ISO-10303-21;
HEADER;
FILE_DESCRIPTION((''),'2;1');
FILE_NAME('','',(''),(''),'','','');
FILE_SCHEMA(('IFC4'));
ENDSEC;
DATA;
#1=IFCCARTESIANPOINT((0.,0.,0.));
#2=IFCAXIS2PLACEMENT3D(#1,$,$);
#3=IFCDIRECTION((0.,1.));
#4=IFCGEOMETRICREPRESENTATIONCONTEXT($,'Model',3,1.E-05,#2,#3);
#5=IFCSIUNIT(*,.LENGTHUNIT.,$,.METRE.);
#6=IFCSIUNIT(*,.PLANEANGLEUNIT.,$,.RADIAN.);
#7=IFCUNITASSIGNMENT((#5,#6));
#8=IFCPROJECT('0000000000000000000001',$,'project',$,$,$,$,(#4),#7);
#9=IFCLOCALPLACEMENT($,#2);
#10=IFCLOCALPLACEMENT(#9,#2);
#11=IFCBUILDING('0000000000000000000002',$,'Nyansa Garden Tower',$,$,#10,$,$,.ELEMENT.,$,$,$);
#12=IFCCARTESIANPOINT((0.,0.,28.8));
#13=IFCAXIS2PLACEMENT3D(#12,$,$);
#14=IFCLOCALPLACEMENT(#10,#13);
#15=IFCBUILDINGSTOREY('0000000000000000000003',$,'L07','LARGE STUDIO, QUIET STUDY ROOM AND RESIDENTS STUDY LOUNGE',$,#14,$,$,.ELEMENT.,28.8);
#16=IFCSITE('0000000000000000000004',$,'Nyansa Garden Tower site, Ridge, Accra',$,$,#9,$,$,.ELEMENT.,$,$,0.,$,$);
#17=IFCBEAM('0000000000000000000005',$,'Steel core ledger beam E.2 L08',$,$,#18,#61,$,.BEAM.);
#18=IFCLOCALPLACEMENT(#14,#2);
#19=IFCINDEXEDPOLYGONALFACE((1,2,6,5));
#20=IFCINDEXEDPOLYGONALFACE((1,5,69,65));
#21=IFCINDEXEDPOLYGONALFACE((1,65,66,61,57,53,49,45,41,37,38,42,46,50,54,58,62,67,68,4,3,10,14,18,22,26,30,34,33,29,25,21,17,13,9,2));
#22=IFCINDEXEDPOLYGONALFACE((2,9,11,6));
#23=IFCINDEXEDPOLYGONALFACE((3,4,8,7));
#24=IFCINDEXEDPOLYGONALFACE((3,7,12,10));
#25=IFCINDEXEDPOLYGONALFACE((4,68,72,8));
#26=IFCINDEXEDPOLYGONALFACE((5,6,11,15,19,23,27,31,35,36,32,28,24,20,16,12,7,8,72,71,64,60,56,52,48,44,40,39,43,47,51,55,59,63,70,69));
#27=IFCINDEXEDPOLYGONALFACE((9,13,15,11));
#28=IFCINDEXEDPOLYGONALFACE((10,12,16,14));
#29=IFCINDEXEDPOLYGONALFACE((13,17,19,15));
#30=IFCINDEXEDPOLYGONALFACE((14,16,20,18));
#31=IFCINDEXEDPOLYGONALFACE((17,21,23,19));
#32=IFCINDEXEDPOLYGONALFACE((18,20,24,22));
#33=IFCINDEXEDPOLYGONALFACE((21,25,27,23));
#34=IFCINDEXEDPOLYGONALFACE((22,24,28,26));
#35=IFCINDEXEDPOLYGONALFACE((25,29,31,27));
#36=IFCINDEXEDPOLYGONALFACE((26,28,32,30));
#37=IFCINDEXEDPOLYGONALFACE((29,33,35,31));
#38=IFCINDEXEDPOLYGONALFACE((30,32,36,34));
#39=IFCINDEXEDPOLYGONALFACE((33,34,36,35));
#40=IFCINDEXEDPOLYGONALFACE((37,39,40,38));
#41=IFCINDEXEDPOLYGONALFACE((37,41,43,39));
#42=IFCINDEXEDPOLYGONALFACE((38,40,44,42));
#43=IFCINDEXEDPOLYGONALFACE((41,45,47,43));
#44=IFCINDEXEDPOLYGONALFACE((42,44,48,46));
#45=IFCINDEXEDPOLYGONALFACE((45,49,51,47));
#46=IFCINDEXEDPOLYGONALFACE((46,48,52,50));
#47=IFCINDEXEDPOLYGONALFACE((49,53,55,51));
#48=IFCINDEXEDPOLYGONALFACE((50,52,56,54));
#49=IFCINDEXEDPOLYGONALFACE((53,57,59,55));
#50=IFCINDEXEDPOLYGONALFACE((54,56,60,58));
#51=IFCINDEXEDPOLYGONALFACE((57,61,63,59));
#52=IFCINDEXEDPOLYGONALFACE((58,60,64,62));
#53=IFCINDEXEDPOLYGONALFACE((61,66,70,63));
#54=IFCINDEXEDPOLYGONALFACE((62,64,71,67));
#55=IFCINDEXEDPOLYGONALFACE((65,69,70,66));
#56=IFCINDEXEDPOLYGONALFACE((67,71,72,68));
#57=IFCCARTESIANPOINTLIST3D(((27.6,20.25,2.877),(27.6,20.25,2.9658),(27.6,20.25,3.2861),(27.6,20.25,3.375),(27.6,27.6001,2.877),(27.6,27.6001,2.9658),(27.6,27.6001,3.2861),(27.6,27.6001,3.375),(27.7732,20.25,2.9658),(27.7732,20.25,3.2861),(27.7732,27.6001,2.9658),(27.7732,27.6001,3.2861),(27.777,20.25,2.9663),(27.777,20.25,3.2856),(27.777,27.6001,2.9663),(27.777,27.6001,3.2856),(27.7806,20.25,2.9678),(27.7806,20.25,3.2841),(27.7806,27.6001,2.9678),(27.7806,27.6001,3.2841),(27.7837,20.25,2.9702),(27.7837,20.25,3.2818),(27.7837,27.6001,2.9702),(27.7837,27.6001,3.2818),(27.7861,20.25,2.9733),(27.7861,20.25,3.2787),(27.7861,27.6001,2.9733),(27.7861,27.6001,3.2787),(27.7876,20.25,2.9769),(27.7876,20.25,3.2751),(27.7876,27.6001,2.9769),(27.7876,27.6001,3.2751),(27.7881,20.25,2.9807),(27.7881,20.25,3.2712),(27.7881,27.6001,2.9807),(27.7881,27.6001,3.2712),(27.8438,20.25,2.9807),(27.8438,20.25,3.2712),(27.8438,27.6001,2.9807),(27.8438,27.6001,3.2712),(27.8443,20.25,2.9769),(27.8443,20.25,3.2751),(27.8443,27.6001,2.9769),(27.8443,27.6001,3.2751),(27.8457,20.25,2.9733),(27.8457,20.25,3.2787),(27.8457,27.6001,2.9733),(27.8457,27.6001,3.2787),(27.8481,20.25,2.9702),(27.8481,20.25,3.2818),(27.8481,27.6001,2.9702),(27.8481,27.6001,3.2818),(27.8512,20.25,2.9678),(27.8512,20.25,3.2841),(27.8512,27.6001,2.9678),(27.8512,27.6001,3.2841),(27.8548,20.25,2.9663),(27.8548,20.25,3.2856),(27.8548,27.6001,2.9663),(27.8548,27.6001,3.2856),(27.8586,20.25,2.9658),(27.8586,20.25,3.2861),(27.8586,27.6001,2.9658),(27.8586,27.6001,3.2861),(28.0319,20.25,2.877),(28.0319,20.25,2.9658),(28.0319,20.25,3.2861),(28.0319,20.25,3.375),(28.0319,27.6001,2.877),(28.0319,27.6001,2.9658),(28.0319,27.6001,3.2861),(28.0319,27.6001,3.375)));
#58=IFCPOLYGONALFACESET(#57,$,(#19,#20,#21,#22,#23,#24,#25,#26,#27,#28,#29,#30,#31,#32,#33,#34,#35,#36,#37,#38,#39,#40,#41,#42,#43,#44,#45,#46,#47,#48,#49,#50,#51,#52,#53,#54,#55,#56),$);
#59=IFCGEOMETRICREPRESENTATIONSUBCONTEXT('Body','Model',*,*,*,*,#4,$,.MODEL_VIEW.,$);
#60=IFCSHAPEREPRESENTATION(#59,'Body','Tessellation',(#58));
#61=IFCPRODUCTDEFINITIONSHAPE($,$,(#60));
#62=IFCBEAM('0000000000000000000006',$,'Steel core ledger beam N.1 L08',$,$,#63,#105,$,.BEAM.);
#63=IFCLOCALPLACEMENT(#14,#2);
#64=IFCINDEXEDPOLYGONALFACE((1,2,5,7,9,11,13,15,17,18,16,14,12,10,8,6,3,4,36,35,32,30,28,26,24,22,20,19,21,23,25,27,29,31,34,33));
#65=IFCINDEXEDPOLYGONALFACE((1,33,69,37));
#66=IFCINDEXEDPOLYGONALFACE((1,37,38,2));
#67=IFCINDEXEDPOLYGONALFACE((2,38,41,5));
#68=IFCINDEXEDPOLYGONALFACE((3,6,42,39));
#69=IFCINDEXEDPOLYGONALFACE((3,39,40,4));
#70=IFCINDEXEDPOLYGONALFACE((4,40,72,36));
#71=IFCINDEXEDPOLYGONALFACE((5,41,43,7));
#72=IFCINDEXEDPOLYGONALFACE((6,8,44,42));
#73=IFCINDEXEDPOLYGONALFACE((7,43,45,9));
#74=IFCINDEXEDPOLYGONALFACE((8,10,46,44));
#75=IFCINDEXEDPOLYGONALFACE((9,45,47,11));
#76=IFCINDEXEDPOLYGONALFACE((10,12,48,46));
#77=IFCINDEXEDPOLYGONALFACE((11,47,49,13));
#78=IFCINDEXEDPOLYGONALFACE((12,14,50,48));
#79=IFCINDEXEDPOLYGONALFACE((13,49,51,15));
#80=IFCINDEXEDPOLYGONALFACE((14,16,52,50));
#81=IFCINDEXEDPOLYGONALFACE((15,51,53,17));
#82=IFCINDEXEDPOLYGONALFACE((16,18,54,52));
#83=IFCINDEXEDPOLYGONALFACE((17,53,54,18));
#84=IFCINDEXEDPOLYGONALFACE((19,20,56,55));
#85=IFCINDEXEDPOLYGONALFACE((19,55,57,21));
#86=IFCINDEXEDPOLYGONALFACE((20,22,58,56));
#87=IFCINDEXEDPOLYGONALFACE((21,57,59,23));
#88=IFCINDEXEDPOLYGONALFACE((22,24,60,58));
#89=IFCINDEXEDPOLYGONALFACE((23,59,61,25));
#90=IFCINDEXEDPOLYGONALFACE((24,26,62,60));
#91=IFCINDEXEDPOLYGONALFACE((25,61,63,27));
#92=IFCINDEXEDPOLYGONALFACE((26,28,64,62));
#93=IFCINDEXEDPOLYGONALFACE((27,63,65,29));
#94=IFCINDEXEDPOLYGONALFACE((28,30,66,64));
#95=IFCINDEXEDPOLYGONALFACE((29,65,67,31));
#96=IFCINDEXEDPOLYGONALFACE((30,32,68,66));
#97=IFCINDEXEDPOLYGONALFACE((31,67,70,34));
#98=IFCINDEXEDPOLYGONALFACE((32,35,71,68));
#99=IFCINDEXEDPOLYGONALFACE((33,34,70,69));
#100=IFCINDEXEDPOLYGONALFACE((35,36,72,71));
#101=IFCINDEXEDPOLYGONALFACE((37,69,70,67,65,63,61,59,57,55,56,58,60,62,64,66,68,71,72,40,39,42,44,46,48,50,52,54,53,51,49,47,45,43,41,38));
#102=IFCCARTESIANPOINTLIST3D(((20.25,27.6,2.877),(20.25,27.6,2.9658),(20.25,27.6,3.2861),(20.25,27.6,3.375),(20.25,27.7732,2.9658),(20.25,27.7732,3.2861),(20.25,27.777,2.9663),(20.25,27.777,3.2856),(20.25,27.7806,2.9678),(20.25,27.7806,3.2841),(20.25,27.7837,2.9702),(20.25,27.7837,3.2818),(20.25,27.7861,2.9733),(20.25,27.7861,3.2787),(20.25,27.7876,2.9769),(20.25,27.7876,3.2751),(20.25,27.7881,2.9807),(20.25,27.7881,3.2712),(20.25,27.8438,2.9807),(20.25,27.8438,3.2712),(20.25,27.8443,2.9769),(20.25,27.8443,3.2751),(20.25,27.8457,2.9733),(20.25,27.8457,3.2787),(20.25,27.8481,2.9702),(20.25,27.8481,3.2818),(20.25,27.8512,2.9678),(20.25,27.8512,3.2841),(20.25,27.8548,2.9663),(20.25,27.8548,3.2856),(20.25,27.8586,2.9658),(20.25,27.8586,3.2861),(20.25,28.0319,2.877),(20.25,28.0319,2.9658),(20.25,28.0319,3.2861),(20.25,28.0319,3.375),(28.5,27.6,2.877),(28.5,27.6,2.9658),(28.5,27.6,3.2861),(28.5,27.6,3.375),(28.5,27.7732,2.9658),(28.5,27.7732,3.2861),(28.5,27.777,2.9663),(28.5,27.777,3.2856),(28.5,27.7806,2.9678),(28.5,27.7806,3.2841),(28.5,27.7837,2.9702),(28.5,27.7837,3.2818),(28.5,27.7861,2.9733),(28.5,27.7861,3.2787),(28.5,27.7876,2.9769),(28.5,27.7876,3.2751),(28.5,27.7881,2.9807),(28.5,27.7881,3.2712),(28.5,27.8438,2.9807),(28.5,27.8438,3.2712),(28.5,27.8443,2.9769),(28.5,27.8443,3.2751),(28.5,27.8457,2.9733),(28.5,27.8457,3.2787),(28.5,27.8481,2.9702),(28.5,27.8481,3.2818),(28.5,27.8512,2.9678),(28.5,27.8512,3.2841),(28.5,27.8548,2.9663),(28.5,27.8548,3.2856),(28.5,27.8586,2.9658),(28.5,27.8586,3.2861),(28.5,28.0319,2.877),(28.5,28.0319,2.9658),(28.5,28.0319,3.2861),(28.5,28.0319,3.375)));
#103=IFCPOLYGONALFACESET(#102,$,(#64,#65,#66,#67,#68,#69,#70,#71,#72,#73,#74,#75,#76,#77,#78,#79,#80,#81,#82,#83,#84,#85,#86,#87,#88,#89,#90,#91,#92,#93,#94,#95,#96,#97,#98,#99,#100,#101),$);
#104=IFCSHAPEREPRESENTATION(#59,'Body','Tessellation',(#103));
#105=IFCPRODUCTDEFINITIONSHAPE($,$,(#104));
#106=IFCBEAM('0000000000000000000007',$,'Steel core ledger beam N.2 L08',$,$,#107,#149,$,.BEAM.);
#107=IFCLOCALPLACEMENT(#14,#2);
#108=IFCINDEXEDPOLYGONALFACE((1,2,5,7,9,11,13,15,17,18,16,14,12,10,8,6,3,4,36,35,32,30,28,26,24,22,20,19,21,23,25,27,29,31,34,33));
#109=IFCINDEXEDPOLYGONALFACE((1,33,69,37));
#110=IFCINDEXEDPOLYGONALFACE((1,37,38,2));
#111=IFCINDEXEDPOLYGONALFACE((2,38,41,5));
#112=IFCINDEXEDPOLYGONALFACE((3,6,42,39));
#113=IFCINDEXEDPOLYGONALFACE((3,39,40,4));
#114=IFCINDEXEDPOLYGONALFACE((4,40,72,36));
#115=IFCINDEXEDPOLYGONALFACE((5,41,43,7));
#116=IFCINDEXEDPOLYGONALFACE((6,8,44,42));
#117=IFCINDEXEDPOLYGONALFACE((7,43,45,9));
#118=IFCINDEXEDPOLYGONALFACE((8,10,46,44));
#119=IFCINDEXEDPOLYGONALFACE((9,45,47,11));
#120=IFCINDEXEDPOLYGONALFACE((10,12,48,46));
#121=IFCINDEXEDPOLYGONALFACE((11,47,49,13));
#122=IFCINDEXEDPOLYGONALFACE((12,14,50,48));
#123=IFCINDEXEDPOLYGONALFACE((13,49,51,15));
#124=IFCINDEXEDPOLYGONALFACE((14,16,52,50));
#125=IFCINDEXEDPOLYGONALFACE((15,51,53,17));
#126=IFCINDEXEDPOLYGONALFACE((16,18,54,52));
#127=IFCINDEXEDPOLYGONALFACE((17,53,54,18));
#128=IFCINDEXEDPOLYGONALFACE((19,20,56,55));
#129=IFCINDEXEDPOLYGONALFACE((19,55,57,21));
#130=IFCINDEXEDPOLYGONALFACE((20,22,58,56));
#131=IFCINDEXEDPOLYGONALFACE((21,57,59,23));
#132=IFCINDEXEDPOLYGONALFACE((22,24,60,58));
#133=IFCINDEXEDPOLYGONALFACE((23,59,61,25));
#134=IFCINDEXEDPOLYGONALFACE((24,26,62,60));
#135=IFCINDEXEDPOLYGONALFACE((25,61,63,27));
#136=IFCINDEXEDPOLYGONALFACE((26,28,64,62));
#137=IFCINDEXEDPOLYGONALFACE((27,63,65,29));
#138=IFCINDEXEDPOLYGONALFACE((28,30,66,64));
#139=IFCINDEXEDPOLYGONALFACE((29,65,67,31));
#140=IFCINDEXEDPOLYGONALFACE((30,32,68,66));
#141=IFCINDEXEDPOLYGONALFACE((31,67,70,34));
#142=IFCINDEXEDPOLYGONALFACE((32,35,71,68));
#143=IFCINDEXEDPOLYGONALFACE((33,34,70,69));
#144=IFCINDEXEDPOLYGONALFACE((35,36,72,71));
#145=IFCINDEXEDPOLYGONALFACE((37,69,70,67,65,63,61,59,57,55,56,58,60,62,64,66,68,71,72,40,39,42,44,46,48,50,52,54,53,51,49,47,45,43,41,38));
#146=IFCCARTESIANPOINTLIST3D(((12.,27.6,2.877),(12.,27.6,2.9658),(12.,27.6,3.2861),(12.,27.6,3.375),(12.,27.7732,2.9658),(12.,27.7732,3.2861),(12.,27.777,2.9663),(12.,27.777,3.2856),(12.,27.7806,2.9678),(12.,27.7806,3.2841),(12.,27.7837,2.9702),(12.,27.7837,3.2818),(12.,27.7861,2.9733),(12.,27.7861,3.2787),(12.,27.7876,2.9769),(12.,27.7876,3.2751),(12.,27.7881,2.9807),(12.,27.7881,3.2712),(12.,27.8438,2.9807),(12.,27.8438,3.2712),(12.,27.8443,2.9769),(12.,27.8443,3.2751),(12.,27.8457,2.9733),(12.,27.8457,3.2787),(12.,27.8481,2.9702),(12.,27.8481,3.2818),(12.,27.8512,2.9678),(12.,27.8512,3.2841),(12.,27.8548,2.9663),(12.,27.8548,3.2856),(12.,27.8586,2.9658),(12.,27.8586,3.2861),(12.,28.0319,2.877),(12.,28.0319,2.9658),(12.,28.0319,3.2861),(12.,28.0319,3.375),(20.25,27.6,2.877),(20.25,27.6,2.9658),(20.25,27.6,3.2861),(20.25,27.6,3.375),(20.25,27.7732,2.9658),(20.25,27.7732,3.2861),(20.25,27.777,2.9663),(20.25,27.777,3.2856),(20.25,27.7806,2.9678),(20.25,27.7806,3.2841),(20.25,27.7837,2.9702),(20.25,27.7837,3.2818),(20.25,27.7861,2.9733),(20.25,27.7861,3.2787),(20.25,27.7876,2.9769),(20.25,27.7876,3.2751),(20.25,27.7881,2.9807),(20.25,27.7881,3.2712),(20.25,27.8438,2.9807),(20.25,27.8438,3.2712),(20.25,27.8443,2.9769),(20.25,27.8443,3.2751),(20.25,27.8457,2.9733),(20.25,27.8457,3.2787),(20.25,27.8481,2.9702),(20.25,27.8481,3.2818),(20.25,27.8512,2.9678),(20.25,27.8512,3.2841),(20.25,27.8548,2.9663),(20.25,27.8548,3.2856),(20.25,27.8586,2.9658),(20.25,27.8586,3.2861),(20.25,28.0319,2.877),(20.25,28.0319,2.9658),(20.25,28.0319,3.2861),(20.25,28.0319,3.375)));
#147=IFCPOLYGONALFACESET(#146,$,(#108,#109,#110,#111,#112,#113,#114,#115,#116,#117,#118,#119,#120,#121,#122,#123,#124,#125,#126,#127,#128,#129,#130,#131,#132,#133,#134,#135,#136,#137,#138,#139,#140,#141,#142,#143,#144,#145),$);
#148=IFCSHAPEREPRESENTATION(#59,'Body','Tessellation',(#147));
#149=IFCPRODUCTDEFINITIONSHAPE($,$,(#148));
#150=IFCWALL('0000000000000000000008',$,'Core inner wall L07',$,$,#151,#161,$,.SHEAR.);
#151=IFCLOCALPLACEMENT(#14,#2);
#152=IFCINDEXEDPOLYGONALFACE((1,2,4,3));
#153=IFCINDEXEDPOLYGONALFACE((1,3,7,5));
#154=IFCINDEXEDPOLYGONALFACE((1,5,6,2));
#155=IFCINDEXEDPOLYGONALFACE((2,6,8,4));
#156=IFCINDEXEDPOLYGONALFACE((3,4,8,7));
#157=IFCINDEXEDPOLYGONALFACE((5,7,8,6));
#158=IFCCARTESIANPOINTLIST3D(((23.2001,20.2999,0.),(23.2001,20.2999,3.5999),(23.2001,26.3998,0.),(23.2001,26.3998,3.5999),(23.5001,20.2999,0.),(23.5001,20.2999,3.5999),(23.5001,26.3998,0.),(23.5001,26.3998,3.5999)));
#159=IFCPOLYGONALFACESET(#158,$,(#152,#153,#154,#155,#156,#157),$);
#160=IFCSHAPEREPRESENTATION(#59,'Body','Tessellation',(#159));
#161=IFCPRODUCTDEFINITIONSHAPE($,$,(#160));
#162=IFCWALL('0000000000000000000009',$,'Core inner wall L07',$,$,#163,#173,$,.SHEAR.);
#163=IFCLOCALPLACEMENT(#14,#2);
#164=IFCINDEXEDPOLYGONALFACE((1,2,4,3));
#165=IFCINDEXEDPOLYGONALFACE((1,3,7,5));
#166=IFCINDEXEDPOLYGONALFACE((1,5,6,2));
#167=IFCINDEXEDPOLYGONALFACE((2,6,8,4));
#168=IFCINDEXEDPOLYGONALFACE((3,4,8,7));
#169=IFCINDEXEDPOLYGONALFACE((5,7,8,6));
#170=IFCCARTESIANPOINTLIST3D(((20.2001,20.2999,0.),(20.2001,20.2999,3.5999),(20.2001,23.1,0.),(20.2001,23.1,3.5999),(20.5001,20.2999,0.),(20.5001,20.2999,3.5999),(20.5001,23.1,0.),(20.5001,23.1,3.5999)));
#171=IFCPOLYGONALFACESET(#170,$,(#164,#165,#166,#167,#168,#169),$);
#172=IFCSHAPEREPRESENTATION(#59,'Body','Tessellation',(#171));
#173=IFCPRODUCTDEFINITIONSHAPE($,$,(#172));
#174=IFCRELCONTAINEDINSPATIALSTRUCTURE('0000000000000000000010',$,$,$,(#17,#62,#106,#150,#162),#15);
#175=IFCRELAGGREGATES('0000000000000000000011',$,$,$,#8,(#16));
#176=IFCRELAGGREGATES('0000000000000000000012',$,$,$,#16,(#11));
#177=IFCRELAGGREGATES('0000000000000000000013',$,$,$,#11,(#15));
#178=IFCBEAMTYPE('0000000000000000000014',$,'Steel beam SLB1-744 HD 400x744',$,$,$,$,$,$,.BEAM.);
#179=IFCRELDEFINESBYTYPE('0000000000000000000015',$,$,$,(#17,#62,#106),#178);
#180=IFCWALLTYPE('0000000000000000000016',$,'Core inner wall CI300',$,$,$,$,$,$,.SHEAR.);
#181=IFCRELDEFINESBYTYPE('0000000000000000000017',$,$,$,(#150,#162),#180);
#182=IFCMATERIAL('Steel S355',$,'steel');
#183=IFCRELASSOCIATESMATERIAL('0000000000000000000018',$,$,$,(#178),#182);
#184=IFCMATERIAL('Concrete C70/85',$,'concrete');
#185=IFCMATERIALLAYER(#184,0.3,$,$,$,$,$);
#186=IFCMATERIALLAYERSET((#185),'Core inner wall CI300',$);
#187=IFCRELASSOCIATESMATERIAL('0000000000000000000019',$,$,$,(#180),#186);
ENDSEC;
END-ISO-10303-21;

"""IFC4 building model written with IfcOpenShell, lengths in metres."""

from ifc_helpers import new_model, si_unit, direction, frame, frame_2d, origin, origin_2d, place, context, subcontext, project, spatial, rectangle, i_section, extrude, material, layer, layer_set, material_profile, profile_set, type_object, element, save


model = new_model("IFC4")

# Units and contexts
model_context = context("Model", 3, precision=1e-05, world=origin(), true_north=direction((0.0, 1.0)))
body_context = subcontext(model_context, "Body", "Model", "MODEL_VIEW")
ifc_project = project(units=[si_unit("LENGTHUNIT", "METRE"), si_unit("PLANEANGLEUNIT", "RADIAN")], contexts=[model_context])

# Site, building, storey
site_placement = place(None, origin())
site = spatial("IfcSite", under=ifc_project, at=site_placement, Name="Nyansa Garden Tower site, Ridge, Accra", CompositionType="ELEMENT", RefElevation=0.0)
building_placement = place(site_placement, origin())
building = spatial("IfcBuilding", under=site, at=building_placement, Name="Nyansa Garden Tower", CompositionType="ELEMENT")
storey_placement = place(building_placement, frame((0.0, 0.0, 28.8)))
storey = spatial("IfcBuildingStorey", under=building, at=storey_placement, Name="L07", Description="LARGE STUDIO, QUIET STUDY ROOM AND RESIDENTS STUDY LOUNGE", CompositionType="ELEMENT", Elevation=28.8)

# Beams
ifc_material_1 = material(Name="Steel S355", Category="steel")
ifc_material_profile_1 = material_profile(ifc_material_1, i_section(OverallWidth=0.4319, OverallDepth=0.498, WebThickness=0.0557, FlangeThickness=0.0889, FilletRadius=0.0149, at=origin_2d()), Name="HD 400x744")
ifc_profile_set_1 = profile_set([ifc_material_profile_1], Name="Steel S355")
beam_type_1 = type_object("IfcBeamType", Name="Steel beam SLB1-744 HD 400x744", PredefinedType="BEAM", material=ifc_profile_set_1)
beam_placement = place(storey_placement, frame((27.8159, 20.25, 3.126), z_axis=(0.0, 1.0, 0.0), x_axis=(-1.0, 0.0, 0.0)))
element("IfcBeam", 1, at=beam_placement, inside=storey, type_object=beam_type_1, Name="Steel core ledger beam E.2 L08", PredefinedType="BEAM", context=body_context, shape_type="SweptSolid", body=[
    extrude(i_section(OverallWidth=0.4319, OverallDepth=0.498, WebThickness=0.0557, FlangeThickness=0.0889, FilletRadius=0.0149, at=origin_2d()), origin(), (0.0, 0.0, 1.0), 7.3501),
])
for number, where, z_axis, x_axis, name in (
    (2, (28.5, 27.8159, 3.126), (-1.0, 0.0, 0.0), (0.0, -1.0, 0.0), "Steel core ledger beam N.1 L08"),
    (3, (20.25, 27.8159, 3.126), (-1.0, 0.0, 0.0), (0.0, -1.0, 0.0), "Steel core ledger beam N.2 L08"),
):
    element("IfcBeam", number, at=place(storey_placement, frame(where, z_axis=z_axis, x_axis=x_axis)), inside=storey, type_object=beam_type_1, Name=name, PredefinedType="BEAM", context=body_context, shape_type="SweptSolid", body=[
        extrude(i_section(OverallWidth=0.4319, OverallDepth=0.498, WebThickness=0.0557, FlangeThickness=0.0889, FilletRadius=0.0149, at=origin_2d()), origin(), (0.0, 0.0, 1.0), 8.25),
    ])

# Walls
ifc_material_2 = material(Name="Concrete C70/85", Category="concrete")
ifc_layer_1 = layer(ifc_material_2, 0.3)
ifc_layer_set_1 = layer_set([ifc_layer_1], Name="Core inner wall CI300")
wall_type_1 = type_object("IfcWallType", Name="Core inner wall CI300", PredefinedType="SHEAR", material=ifc_layer_set_1)
wall_1_placement = place(storey_placement, frame((23.3501, 20.3, 0.0), z_axis=(0.0, 0.0, 1.0), x_axis=(0.0, 1.0, 0.0)))
element("IfcWall", 4, at=wall_1_placement, inside=storey, type_object=wall_type_1, Name="Core inner wall L07", PredefinedType="SHEAR", context=body_context, shape_type="SweptSolid", body=[
    extrude(rectangle(XDim=6.0999, YDim=0.3, at=frame_2d((3.0498, 0.0))), origin(), (0.0, 0.0, 1.0), 3.5999),
])
wall_2_placement = place(storey_placement, frame((20.3501, 20.3, 0.0), z_axis=(0.0, 0.0, 1.0), x_axis=(0.0, 1.0, 0.0)))
element("IfcWall", 5, at=wall_2_placement, inside=storey, type_object=wall_type_1, Name="Core inner wall L07", PredefinedType="SHEAR", context=body_context, shape_type="SweptSolid", body=[
    extrude(rectangle(XDim=2.8, YDim=0.3, at=frame_2d((1.3999, 0.0))), origin(), (0.0, 0.0, 1.0), 3.5999),
])

save(model, "model.ifc")
